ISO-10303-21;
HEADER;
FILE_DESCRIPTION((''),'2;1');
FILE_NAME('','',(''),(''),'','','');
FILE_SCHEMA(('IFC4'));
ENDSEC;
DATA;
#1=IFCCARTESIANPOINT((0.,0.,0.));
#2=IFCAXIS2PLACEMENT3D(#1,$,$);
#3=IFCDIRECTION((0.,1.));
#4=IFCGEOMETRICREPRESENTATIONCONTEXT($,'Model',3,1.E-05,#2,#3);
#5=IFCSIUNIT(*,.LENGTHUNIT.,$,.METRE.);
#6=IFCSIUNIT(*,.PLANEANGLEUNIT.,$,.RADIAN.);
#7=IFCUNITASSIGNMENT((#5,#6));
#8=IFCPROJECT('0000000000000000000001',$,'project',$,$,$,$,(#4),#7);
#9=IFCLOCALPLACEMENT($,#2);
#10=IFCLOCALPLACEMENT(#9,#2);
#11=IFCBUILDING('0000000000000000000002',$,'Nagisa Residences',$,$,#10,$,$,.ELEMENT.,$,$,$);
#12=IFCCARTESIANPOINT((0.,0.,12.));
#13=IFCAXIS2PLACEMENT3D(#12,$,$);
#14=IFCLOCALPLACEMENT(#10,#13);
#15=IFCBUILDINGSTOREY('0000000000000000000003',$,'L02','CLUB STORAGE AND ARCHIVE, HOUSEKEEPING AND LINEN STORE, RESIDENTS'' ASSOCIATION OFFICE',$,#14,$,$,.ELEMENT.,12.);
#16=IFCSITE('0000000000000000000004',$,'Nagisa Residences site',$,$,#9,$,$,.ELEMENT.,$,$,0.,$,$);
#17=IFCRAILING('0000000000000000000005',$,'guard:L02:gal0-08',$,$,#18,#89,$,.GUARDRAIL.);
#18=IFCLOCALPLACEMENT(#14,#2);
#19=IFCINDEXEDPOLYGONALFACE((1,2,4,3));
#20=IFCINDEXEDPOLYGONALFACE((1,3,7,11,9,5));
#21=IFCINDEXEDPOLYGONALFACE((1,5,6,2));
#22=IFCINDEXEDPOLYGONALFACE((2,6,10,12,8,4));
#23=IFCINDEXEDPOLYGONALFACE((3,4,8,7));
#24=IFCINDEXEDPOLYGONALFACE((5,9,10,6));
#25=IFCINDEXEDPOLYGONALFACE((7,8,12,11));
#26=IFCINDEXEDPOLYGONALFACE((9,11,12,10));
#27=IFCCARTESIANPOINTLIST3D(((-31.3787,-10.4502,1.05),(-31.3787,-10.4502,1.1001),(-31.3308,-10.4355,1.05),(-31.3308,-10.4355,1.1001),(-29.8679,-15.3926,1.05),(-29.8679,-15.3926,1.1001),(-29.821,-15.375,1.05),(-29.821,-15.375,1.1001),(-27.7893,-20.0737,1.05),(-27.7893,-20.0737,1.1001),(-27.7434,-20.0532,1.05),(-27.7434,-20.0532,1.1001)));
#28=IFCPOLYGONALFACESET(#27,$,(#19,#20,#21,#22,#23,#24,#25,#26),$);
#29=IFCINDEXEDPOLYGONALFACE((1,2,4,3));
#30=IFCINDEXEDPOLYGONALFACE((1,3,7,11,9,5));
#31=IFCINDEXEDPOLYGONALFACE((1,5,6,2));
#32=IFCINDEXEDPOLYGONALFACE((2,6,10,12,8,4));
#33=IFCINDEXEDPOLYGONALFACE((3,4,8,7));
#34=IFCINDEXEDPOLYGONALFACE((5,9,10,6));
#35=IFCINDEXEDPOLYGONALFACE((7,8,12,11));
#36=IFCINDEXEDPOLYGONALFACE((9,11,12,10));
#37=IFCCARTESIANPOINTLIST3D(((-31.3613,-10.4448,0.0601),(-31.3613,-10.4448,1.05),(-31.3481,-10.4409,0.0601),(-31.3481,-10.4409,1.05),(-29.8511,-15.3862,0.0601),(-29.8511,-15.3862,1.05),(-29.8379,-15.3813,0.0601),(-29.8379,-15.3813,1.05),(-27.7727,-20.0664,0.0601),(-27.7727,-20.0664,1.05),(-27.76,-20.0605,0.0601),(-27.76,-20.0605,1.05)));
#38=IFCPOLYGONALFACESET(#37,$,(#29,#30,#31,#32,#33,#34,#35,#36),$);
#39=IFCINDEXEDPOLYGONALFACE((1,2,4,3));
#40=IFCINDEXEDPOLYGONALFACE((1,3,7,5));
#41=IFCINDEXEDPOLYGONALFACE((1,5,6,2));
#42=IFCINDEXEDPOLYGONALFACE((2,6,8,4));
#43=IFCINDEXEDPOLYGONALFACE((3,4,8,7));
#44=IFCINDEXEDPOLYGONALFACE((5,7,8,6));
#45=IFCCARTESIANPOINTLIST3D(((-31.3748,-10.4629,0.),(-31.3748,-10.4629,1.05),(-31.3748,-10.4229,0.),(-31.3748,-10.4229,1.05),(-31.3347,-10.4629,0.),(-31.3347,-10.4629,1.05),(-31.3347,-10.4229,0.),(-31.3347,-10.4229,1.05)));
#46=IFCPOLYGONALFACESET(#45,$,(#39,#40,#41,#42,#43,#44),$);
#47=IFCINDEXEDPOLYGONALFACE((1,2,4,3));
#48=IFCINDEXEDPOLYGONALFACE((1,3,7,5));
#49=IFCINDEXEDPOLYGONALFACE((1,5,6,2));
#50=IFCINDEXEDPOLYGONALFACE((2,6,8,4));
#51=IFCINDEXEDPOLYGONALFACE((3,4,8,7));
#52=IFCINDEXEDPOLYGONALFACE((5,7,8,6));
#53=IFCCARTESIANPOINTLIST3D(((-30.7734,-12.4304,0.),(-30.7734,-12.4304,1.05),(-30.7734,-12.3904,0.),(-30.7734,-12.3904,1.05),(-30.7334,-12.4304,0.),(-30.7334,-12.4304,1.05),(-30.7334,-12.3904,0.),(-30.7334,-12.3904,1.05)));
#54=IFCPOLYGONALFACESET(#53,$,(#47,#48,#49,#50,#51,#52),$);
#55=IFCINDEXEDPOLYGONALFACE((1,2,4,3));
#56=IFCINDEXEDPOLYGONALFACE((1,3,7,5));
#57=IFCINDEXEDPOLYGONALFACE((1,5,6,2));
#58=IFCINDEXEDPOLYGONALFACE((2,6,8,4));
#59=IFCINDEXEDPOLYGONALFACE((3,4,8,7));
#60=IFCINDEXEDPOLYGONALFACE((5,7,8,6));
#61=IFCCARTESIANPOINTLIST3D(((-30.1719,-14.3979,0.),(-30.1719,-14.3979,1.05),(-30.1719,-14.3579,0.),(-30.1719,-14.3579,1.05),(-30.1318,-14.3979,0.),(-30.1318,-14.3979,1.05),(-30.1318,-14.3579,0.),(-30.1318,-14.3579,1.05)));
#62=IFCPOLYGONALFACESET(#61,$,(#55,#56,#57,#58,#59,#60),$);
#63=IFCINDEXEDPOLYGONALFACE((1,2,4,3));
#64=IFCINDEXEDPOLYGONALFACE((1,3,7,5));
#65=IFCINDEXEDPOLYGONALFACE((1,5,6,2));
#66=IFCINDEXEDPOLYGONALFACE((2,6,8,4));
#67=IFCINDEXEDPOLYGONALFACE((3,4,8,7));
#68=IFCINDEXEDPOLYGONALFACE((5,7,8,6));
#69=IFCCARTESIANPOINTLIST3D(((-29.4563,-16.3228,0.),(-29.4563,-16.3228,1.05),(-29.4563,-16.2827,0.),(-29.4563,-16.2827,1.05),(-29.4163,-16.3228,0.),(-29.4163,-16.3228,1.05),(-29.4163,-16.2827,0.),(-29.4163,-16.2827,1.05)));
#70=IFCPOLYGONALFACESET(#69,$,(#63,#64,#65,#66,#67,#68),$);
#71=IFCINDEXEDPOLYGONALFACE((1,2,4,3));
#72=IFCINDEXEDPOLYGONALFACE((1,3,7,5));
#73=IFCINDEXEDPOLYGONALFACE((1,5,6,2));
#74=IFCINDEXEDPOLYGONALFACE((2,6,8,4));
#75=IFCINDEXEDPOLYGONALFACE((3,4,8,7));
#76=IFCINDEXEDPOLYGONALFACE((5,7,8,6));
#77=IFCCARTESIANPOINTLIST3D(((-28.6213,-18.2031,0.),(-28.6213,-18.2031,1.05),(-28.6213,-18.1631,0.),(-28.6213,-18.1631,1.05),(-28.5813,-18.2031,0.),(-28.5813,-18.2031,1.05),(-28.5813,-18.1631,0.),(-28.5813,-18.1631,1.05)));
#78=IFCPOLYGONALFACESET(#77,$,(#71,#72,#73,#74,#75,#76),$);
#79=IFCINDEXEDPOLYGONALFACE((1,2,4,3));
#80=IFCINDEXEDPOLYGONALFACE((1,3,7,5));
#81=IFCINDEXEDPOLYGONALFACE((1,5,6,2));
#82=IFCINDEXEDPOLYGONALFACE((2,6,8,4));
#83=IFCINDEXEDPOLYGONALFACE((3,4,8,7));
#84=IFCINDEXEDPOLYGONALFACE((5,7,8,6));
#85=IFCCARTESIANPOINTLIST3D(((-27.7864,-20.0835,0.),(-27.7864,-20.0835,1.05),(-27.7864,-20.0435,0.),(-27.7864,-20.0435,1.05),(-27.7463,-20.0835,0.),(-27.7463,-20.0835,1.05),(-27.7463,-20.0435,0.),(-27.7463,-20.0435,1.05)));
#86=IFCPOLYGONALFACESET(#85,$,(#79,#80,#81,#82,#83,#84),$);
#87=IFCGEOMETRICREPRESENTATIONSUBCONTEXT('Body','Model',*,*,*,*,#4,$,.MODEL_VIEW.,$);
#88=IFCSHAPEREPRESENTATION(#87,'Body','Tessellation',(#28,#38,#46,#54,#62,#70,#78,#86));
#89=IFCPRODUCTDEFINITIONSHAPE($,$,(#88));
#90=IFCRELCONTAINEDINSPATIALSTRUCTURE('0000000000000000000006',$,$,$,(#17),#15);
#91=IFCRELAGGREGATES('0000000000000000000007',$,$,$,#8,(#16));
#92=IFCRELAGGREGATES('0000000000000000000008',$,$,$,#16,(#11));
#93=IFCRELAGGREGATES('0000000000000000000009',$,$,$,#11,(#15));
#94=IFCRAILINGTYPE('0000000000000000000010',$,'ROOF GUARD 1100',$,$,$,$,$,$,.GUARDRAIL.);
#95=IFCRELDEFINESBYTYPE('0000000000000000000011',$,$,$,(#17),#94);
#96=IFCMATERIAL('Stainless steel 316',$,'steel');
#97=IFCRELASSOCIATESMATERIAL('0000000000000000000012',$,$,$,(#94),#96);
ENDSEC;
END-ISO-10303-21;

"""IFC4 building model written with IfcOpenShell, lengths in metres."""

from ifc_helpers import new_model, si_unit, direction, frame, origin, origin_2d, place, context, subcontext, project, spatial, polyline, rectangle, outline, extrude, material, type_object, element, save


model = new_model("IFC4")

# Units and contexts
model_context = context("Model", 3, precision=1e-05, world=origin(), true_north=direction((0.0, 1.0)))
body_context = subcontext(model_context, "Body", "Model", "MODEL_VIEW")
ifc_project = project(units=[si_unit("LENGTHUNIT", "METRE"), si_unit("PLANEANGLEUNIT", "RADIAN")], contexts=[model_context])

# Site, building, storey
site_placement = place(None, origin())
site = spatial("IfcSite", under=ifc_project, at=site_placement, Name="Nagisa Residences site", CompositionType="ELEMENT", RefElevation=0.0)
building_placement = place(site_placement, origin())
building = spatial("IfcBuilding", under=site, at=building_placement, Name="Nagisa Residences", CompositionType="ELEMENT")
storey_placement = place(building_placement, frame((0.0, 0.0, 12.0)))
storey = spatial("IfcBuildingStorey", under=building, at=storey_placement, Name="L02", Description="CLUB STORAGE AND ARCHIVE, HOUSEKEEPING AND LINEN STORE, RESIDENTS' ASSOCIATION OFFICE", CompositionType="ELEMENT", Elevation=12.0)

# Railing
ifc_material_1 = material(Name="Stainless steel 316", Category="steel")
railing_type = type_object("IfcRailingType", Name="ROOF GUARD 1100", PredefinedType="GUARDRAIL", material=ifc_material_1)
railing_1_placement = place(storey_placement, frame((-31.3547, -10.4429, 0.0)))
element("IfcRailing", 1, at=railing_1_placement, inside=storey, type_object=railing_type, Name="guard:L02:gal0-08", PredefinedType="GUARDRAIL", context=body_context, shape_type="SweptSolid", body=[
    extrude(outline(polyline([(1.5337, -4.9321), (0.0239, 0.0073), (-0.0239, -0.0073), (1.4868, -4.9497), (3.5654, -9.6309), (3.6113, -9.6104), (1.5337, -4.9321)])), frame((0.0, 0.0, 1.05)), (0.0, 0.0, 1.0), 0.05),
    extrude(outline(polyline([(1.5168, -4.9385), (0.0066, 0.002), (-0.0066, -0.002), (1.5037, -4.9434), (3.582, -9.6235), (3.5947, -9.6177), (1.5168, -4.9385)])), frame((0.0, 0.0, 0.0601)), (0.0, 0.0, 1.0), 0.99),
    extrude(rectangle(XDim=0.04, YDim=0.04, at=origin_2d()), origin(), (0.0, 0.0, 1.0), 1.05),
    extrude(rectangle(XDim=0.04, YDim=0.04, at=origin_2d()), frame((0.6013, -1.9675, 0.0)), (0.0, 0.0, 1.0), 1.05),
    extrude(rectangle(XDim=0.04, YDim=0.04, at=origin_2d()), frame((1.2029, -3.9351, 0.0)), (0.0, 0.0, 1.0), 1.05),
    extrude(rectangle(XDim=0.04, YDim=0.04, at=origin_2d()), frame((1.9185, -5.8599, 0.0)), (0.0, 0.0, 1.0), 1.05),
    extrude(rectangle(XDim=0.04, YDim=0.04, at=origin_2d()), frame((2.7534, -7.7402, 0.0)), (0.0, 0.0, 1.0), 1.05),
    extrude(rectangle(XDim=0.04, YDim=0.04, at=origin_2d()), frame((3.5884, -9.6206, 0.0)), (0.0, 0.0, 1.0), 1.05),
])

save(model, "model.ifc")
